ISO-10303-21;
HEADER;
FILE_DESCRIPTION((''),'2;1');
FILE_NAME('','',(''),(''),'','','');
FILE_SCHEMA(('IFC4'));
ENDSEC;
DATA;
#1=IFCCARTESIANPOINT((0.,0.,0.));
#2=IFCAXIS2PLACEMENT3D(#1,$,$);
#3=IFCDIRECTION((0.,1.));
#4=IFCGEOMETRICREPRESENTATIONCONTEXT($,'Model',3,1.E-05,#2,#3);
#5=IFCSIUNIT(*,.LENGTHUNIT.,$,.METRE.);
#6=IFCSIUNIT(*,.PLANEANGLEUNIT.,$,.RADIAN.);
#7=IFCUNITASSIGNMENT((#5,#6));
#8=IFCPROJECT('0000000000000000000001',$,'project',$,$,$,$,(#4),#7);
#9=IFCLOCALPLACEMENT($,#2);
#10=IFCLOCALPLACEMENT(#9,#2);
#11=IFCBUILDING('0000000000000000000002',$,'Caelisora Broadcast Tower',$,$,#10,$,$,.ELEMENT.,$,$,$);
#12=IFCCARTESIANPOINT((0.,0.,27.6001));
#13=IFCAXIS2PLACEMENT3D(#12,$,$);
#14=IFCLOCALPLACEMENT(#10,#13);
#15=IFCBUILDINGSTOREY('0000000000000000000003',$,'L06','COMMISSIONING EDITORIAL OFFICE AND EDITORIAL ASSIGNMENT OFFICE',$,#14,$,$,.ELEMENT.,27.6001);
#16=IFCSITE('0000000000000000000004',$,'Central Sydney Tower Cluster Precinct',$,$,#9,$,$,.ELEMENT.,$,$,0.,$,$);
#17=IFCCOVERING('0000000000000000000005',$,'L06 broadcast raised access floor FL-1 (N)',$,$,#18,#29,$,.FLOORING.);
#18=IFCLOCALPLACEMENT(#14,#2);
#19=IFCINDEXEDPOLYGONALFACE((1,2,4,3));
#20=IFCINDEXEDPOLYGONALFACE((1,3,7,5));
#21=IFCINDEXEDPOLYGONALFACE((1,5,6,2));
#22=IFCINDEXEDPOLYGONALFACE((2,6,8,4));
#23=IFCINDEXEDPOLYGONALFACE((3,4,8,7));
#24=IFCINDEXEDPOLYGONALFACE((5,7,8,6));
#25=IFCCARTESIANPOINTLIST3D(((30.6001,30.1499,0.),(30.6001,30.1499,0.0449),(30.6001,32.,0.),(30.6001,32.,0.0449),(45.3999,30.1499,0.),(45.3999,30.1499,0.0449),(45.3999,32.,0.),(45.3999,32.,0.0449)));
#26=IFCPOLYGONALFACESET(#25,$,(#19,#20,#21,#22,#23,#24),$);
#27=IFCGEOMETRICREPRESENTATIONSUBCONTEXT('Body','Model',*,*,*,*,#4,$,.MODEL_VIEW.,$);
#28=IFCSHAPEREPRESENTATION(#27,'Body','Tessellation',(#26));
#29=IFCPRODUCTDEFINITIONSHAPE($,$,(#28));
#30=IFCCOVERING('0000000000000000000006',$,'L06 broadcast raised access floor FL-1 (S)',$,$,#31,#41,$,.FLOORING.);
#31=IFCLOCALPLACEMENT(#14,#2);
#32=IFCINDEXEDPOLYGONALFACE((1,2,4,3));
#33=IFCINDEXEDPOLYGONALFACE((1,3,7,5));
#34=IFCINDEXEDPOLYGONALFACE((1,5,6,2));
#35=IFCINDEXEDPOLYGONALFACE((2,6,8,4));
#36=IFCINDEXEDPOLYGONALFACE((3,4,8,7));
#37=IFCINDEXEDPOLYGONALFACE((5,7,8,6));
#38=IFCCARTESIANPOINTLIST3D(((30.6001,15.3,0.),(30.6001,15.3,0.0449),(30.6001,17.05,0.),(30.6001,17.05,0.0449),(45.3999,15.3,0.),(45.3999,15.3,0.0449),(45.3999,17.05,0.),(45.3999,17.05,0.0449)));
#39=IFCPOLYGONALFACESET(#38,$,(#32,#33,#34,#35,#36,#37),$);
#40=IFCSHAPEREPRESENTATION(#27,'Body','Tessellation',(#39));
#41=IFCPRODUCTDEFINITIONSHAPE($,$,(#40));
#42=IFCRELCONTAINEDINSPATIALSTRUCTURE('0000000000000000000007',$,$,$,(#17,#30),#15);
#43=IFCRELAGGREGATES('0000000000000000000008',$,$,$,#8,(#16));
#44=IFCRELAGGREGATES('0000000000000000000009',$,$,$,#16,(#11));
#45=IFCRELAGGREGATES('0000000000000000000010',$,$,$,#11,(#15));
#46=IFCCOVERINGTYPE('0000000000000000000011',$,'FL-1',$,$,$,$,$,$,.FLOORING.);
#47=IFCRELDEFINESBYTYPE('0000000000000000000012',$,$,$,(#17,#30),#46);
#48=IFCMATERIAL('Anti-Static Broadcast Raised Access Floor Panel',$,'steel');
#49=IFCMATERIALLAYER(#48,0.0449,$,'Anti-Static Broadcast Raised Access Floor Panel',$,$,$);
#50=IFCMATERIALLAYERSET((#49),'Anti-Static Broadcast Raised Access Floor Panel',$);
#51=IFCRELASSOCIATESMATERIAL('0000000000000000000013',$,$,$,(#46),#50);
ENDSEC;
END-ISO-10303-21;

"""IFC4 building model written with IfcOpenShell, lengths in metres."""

from ifc_helpers import new_model, si_unit, direction, frame, origin, place, context, subcontext, project, spatial, polyline, outline, extrude, material, layer, layer_set, type_object, element, save


model = new_model("IFC4")

# Units and contexts
model_context = context("Model", 3, precision=1e-05, world=origin(), true_north=direction((0.0, 1.0)))
body_context = subcontext(model_context, "Body", "Model", "MODEL_VIEW")
ifc_project = project(units=[si_unit("LENGTHUNIT", "METRE"), si_unit("PLANEANGLEUNIT", "RADIAN")], contexts=[model_context])

# Site, building, storey
site_placement = place(None, origin())
site = spatial("IfcSite", under=ifc_project, at=site_placement, Name="Central Sydney Tower Cluster Precinct", CompositionType="ELEMENT", RefElevation=0.0)
building_placement = place(site_placement, origin())
building = spatial("IfcBuilding", under=site, at=building_placement, Name="Caelisora Broadcast Tower", CompositionType="ELEMENT")
storey_placement = place(building_placement, frame((0.0, 0.0, 27.6001)))
storey = spatial("IfcBuildingStorey", under=building, at=storey_placement, Name="L06", Description="COMMISSIONING EDITORIAL OFFICE AND EDITORIAL ASSIGNMENT OFFICE", CompositionType="ELEMENT", Elevation=27.6001)

# Coverings
ifc_material_1 = material(Name="Anti-Static Broadcast Raised Access Floor Panel", Category="steel")
ifc_layer_1 = layer(ifc_material_1, 0.0449, Name="Anti-Static Broadcast Raised Access Floor Panel")
ifc_layer_set_1 = layer_set([ifc_layer_1], Name="Anti-Static Broadcast Raised Access Floor Panel")
covering_type_1 = type_object("IfcCoveringType", Name="FL-1", PredefinedType="FLOORING", material=ifc_layer_set_1)
covering_1_placement = place(storey_placement, origin())
element("IfcCovering", 1, at=covering_1_placement, inside=storey, type_object=covering_type_1, Name="L06 broadcast raised access floor FL-1 (N)", PredefinedType="FLOORING", context=body_context, shape_type="SweptSolid", body=[
    extrude(outline(polyline([(30.6001, 30.1499), (45.3999, 30.1499), (45.3999, 32.0), (30.6001, 32.0), (30.6001, 30.1499)])), origin(), (0.0, 0.0, 1.0), 0.0449),
])
covering_2_placement = place(storey_placement, origin())
element("IfcCovering", 2, at=covering_2_placement, inside=storey, type_object=covering_type_1, Name="L06 broadcast raised access floor FL-1 (S)", PredefinedType="FLOORING", context=body_context, shape_type="SweptSolid", body=[
    extrude(outline(polyline([(30.6001, 15.3), (45.3999, 15.3), (45.3999, 17.05), (30.6001, 17.05), (30.6001, 15.3)])), origin(), (0.0, 0.0, 1.0), 0.0449),
])

save(model, "model.ifc")
